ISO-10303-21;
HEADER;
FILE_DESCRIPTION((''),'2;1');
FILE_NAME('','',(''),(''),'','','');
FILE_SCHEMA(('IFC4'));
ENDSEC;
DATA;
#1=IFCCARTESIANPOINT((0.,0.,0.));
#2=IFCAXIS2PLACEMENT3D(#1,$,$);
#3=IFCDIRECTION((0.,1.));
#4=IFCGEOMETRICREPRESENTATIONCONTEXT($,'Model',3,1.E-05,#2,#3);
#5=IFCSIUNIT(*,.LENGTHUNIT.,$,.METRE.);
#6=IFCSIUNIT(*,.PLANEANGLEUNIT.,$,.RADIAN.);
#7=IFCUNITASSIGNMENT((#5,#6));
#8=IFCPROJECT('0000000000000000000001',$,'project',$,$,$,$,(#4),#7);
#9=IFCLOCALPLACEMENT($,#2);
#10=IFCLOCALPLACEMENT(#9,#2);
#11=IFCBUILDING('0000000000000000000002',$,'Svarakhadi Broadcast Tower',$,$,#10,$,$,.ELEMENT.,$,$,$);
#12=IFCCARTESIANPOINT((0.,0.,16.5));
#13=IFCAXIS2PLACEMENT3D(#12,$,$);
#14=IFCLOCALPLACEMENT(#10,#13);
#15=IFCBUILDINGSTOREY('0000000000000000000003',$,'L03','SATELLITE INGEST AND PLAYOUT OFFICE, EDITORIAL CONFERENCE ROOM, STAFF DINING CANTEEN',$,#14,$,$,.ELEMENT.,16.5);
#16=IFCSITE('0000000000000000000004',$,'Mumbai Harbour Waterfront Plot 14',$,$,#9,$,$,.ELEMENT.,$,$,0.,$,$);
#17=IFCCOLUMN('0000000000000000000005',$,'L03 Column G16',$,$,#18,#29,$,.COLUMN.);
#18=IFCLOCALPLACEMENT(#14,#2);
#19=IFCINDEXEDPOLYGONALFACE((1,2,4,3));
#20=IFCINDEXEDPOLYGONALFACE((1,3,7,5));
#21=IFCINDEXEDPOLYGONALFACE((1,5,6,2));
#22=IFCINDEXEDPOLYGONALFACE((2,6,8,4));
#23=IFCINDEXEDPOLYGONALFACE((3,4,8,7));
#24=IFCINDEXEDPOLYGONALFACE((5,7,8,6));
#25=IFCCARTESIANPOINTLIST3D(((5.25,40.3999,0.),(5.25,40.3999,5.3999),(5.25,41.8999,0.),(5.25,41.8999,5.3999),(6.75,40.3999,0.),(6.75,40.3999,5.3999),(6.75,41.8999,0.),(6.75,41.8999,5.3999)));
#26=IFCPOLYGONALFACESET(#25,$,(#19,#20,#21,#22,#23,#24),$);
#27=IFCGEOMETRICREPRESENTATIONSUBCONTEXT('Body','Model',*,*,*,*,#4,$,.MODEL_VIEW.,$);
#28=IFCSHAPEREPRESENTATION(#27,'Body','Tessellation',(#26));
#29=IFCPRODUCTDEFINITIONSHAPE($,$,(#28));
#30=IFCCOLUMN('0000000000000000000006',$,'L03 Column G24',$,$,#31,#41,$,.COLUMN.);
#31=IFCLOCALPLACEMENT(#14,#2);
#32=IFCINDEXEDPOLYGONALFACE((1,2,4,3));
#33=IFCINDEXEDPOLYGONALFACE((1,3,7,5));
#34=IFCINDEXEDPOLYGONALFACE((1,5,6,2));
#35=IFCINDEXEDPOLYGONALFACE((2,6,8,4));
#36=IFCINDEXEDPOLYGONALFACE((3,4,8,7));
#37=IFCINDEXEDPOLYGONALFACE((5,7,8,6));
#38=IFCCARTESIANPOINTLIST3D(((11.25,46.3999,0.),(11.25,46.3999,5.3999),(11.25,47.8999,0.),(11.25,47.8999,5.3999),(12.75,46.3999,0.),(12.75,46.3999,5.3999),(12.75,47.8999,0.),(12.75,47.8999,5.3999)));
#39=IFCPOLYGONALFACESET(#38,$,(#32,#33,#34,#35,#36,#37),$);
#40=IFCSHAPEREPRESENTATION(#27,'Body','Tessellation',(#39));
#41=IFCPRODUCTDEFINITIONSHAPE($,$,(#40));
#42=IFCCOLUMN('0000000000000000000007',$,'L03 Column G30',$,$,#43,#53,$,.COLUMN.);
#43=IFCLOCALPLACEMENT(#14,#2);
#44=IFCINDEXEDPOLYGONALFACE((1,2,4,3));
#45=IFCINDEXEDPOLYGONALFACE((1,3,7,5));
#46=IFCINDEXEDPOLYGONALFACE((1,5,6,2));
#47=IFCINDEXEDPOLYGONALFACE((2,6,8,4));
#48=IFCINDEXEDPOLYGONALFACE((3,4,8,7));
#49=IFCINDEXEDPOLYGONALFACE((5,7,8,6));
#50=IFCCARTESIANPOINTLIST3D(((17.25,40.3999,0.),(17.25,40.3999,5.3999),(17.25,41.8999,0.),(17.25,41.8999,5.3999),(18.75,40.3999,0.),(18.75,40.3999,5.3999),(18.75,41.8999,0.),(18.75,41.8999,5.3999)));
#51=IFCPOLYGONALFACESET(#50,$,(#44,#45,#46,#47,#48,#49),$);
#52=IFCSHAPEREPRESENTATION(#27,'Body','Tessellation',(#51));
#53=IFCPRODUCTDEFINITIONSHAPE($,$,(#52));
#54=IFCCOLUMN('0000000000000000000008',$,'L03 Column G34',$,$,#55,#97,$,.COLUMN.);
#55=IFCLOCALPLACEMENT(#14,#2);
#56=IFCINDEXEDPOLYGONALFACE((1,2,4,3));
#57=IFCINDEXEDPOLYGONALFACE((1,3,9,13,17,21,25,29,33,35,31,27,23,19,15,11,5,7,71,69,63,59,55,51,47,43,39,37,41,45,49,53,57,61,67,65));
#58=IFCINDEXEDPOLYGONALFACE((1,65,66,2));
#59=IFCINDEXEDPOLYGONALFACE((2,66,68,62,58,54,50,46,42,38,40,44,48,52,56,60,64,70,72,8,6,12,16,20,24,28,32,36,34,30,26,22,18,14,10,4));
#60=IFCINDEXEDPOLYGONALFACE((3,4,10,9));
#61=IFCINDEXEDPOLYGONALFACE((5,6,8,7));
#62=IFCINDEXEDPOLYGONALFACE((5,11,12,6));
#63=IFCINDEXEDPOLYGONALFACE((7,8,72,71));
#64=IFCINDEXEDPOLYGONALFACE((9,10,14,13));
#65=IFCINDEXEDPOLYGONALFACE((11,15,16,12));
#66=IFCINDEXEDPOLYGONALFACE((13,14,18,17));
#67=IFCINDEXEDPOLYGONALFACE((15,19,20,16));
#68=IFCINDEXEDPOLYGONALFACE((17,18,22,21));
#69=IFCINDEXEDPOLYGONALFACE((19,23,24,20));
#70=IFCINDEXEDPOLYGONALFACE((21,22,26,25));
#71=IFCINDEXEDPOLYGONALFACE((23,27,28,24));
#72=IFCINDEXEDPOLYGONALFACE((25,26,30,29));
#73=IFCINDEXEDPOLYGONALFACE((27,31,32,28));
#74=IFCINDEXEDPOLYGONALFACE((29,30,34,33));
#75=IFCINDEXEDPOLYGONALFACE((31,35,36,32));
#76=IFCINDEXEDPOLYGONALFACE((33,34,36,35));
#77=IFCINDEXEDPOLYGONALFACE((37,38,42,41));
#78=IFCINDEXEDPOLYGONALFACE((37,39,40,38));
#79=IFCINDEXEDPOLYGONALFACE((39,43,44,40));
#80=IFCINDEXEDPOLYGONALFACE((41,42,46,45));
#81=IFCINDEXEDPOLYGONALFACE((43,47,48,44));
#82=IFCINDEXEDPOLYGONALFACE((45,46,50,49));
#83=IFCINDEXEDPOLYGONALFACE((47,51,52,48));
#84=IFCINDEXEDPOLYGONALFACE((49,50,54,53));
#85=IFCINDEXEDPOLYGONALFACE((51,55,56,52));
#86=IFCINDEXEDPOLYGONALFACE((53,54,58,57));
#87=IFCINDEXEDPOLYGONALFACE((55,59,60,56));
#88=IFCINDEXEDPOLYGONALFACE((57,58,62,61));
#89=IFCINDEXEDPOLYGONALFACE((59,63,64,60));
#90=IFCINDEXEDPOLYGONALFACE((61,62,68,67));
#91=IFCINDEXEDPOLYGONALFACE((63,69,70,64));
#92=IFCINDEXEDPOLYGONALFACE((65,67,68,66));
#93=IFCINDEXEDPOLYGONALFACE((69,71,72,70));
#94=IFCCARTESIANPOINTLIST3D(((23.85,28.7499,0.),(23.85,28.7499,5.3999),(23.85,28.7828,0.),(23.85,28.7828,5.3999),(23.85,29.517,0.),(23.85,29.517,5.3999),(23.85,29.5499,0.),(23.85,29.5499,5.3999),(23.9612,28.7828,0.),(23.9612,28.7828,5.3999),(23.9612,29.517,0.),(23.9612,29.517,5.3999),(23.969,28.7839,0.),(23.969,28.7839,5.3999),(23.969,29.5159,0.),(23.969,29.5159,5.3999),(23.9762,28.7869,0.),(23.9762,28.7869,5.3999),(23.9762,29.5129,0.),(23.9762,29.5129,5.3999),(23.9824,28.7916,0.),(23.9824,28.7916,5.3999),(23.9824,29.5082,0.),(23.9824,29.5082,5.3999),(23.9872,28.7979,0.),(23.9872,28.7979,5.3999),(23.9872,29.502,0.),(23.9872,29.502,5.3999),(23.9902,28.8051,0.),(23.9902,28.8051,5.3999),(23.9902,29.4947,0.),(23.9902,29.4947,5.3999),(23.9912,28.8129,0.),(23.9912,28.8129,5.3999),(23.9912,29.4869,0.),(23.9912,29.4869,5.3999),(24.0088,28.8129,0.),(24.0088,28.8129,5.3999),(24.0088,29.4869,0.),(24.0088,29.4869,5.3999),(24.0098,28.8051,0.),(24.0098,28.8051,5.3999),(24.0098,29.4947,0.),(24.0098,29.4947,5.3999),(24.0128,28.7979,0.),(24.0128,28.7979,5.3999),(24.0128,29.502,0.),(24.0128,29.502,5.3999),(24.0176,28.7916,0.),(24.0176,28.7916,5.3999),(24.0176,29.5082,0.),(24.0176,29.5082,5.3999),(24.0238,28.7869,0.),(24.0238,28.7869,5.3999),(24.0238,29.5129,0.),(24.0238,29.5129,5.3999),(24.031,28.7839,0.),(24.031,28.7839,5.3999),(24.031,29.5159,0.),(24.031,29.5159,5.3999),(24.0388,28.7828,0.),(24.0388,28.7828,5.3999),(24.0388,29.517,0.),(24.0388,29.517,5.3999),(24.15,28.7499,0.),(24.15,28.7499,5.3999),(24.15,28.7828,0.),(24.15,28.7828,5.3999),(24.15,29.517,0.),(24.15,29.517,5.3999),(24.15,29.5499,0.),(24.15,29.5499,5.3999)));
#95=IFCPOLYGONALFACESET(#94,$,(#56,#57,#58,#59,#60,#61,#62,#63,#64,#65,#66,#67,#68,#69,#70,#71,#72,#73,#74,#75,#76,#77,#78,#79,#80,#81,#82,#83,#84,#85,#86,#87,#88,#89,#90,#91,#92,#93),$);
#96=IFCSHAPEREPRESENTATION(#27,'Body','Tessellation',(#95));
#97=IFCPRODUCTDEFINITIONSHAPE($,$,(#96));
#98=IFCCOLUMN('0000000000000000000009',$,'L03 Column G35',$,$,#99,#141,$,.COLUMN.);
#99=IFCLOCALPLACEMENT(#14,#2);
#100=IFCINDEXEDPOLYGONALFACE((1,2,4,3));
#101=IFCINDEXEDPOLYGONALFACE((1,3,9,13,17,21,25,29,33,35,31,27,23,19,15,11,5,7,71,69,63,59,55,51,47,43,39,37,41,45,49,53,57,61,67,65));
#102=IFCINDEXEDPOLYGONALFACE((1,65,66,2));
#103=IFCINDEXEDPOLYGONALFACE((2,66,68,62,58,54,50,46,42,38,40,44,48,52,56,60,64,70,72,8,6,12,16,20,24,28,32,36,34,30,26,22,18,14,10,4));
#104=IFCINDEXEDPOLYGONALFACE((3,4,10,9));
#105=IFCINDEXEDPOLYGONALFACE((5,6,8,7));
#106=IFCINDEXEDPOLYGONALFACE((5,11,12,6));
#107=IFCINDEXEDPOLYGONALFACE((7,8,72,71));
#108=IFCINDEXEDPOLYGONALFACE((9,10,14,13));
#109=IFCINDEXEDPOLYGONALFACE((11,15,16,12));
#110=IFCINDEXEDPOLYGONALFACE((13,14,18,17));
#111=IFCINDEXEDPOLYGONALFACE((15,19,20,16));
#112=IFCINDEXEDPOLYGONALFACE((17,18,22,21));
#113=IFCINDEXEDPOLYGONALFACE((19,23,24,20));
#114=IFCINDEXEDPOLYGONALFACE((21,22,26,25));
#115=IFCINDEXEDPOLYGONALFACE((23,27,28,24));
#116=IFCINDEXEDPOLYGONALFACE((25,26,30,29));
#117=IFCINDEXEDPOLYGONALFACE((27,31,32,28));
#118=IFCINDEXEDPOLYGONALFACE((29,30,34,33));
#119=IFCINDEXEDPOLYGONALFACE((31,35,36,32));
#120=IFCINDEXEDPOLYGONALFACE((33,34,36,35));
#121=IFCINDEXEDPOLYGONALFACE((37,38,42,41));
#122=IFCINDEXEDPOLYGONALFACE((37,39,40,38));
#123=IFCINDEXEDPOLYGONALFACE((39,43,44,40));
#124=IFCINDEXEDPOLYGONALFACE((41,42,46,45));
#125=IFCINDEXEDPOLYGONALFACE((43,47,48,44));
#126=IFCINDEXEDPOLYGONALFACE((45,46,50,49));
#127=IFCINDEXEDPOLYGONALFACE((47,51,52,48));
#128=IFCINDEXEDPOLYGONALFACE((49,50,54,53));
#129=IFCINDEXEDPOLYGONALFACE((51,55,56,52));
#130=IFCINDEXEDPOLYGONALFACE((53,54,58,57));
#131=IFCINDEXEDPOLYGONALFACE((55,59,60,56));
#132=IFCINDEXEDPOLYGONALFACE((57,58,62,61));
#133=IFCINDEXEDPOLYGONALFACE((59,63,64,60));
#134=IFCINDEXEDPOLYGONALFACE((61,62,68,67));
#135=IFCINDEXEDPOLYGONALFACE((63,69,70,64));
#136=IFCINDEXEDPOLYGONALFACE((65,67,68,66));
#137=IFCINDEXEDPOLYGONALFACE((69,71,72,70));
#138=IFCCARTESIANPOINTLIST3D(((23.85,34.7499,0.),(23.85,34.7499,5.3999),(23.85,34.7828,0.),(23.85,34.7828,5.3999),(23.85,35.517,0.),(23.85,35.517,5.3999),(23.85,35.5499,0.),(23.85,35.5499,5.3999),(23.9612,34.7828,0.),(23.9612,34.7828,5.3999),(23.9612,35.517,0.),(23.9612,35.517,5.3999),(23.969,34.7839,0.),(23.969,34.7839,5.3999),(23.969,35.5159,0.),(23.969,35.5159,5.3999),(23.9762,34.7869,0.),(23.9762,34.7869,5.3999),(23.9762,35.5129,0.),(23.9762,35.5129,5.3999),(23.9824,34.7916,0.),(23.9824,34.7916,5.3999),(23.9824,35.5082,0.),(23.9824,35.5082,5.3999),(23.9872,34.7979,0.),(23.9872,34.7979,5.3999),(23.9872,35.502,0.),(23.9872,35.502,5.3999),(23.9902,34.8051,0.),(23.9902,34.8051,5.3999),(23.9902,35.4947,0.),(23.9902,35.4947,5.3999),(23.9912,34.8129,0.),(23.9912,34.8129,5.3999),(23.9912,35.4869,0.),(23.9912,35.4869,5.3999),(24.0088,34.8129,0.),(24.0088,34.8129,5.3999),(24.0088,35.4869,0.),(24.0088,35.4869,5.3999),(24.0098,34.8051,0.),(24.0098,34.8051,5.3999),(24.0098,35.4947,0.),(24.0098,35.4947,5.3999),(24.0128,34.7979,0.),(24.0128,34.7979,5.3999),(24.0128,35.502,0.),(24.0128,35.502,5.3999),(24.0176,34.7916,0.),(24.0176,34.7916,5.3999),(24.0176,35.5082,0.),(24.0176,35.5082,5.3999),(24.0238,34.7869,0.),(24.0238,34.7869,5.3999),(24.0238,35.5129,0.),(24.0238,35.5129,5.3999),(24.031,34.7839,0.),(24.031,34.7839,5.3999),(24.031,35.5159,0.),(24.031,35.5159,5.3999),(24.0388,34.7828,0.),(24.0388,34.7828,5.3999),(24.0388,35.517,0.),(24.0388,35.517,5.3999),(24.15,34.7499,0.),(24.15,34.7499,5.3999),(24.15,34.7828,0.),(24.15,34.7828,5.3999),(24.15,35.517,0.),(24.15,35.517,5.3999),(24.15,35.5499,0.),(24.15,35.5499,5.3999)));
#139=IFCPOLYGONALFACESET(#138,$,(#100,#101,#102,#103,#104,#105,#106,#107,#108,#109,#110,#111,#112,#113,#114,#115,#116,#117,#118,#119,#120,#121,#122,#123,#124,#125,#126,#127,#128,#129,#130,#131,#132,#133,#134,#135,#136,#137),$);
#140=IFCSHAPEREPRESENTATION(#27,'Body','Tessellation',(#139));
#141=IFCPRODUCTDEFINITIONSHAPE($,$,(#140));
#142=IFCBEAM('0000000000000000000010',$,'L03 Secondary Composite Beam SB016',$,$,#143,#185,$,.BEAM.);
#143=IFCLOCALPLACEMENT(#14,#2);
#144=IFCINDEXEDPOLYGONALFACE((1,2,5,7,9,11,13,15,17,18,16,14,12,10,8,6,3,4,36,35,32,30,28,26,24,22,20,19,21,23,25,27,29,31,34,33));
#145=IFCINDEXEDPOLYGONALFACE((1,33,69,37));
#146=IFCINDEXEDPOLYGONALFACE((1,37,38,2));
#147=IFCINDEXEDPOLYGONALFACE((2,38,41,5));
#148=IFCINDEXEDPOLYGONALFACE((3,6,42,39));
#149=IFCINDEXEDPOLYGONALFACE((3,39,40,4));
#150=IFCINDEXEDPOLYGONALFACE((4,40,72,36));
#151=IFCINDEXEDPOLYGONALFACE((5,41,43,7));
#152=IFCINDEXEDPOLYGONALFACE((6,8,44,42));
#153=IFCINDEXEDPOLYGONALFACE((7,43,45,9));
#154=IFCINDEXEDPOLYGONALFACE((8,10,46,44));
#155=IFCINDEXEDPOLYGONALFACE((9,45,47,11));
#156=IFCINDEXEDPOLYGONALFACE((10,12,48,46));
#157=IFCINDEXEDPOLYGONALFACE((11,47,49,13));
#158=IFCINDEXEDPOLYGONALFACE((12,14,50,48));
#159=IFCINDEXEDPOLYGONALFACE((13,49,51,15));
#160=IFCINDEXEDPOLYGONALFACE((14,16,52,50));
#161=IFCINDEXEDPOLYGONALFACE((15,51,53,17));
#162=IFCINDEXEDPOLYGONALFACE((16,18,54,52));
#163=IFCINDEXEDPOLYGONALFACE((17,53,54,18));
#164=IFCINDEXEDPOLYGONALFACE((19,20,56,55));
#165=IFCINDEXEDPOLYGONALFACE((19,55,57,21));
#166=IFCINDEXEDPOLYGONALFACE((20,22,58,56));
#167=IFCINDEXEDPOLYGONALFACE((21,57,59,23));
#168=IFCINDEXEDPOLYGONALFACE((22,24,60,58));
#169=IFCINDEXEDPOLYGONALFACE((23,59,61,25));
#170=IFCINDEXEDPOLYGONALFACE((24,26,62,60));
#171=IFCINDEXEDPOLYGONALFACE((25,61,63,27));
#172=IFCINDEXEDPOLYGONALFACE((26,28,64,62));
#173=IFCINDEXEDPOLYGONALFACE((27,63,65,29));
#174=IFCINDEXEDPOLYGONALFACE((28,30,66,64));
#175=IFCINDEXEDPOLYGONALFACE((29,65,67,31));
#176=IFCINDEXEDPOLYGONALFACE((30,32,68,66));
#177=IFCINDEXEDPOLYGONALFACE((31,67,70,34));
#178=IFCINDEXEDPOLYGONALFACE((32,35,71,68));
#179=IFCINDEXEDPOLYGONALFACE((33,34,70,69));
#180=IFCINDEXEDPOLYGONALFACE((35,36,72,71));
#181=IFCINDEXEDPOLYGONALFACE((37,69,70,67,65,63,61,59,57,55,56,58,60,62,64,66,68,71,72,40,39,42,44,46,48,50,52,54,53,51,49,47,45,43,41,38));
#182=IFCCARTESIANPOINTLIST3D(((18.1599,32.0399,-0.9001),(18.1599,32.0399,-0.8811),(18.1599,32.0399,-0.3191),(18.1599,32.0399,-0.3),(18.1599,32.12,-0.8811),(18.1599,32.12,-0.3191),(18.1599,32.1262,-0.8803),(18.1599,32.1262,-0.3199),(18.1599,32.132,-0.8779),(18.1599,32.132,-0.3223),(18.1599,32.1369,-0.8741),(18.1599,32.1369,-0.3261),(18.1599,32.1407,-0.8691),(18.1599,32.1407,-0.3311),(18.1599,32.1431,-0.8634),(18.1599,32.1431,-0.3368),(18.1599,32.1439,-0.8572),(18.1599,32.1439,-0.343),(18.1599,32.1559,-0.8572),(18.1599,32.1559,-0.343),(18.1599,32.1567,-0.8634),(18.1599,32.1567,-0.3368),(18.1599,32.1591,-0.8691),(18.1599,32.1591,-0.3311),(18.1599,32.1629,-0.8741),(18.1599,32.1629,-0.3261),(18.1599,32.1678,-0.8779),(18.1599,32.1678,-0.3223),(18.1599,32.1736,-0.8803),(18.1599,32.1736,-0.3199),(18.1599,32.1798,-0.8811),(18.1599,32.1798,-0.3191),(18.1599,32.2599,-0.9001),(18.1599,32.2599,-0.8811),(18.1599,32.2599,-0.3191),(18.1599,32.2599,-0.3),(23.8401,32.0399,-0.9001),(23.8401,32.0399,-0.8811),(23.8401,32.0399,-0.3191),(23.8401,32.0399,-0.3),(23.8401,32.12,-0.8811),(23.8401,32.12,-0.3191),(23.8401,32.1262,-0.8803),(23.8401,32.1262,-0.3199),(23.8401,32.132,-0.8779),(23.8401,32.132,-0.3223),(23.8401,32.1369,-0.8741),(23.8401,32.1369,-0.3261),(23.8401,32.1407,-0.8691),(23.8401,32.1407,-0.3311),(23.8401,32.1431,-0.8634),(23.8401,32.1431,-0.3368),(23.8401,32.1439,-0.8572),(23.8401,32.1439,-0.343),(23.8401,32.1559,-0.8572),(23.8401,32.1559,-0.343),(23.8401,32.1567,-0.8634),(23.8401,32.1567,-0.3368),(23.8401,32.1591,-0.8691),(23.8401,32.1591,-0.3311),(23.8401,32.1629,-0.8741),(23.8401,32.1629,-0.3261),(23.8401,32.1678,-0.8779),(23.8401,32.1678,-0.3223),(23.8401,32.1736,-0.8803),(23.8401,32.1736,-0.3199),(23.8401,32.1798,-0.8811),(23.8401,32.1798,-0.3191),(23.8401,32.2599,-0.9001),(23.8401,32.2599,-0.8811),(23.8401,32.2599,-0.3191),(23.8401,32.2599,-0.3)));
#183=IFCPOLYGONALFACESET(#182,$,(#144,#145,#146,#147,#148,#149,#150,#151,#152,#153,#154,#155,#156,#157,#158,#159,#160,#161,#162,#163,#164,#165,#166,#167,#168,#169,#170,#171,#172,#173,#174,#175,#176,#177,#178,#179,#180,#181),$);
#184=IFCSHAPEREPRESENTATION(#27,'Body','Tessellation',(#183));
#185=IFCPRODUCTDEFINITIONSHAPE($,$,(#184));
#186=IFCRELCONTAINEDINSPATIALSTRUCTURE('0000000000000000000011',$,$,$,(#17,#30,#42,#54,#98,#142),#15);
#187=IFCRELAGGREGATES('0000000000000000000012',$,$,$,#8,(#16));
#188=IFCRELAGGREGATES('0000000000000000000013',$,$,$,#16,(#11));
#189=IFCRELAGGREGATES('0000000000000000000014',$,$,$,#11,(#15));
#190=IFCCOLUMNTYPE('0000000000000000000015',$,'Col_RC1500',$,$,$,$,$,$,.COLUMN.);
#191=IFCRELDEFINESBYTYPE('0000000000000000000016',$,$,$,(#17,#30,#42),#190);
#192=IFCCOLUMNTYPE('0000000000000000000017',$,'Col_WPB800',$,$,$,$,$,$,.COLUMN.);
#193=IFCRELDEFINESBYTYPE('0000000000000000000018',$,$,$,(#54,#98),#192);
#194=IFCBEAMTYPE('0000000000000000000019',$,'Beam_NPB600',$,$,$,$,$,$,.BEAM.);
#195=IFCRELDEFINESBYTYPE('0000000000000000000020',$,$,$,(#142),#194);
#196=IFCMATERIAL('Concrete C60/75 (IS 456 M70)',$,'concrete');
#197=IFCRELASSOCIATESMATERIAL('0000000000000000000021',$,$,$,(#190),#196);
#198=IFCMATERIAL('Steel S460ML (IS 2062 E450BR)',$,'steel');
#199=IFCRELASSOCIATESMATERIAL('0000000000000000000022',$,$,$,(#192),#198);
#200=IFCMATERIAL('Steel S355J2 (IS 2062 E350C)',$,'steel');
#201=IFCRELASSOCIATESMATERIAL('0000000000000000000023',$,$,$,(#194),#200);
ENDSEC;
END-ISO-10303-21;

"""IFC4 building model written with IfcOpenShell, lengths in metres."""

from ifc_helpers import new_model, si_unit, direction, frame, origin, origin_2d, place, context, subcontext, project, spatial, rectangle, i_section, extrude, material, material_profile, profile_set, type_object, element, save


model = new_model("IFC4")

# Units and contexts
model_context = context("Model", 3, precision=1e-05, world=origin(), true_north=direction((0.0, 1.0)))
body_context = subcontext(model_context, "Body", "Model", "MODEL_VIEW")
ifc_project = project(units=[si_unit("LENGTHUNIT", "METRE"), si_unit("PLANEANGLEUNIT", "RADIAN")], contexts=[model_context])

# Site, building, storey
site_placement = place(None, origin())
site = spatial("IfcSite", under=ifc_project, at=site_placement, Name="Mumbai Harbour Waterfront Plot 14", CompositionType="ELEMENT", RefElevation=0.0)
building_placement = place(site_placement, origin())
building = spatial("IfcBuilding", under=site, at=building_placement, Name="Svarakhadi Broadcast Tower", CompositionType="ELEMENT")
storey_placement = place(building_placement, frame((0.0, 0.0, 16.5)))
storey = spatial("IfcBuildingStorey", under=building, at=storey_placement, Name="L03", Description="SATELLITE INGEST AND PLAYOUT OFFICE, EDITORIAL CONFERENCE ROOM, STAFF DINING CANTEEN", CompositionType="ELEMENT", Elevation=16.5)

# Columns
ifc_material_1 = material(Name="Steel S460ML (IS 2062 E450BR)", Category="steel")
ifc_material_2 = material(Name="Concrete C60/75 (IS 456 M70)", Category="concrete")
ifc_material_profile_1 = material_profile(ifc_material_2, rectangle(XDim=1.5, YDim=1.5, at=origin_2d()), Name="RC 1500x1500")
ifc_profile_set_1 = profile_set([ifc_material_profile_1], Name="Concrete C60/75 (IS 456 M70)")
column_type_1 = type_object("IfcColumnType", Name="Col_RC1500", PredefinedType="COLUMN", material=ifc_profile_set_1)
for number, where, z_axis, x_axis, name in (
    (1, (6.0, 41.1499, 0.0), (0.0, 0.0, 1.0), (1.0, 0.0, 0.0), "L03 Column G16"),
    (2, (12.0, 47.1499, 0.0), (0.0, 0.0, 1.0), (1.0, 0.0, 0.0), "L03 Column G24"),
    (3, (18.0, 41.1499, 0.0), (0.0, 0.0, 1.0), (1.0, 0.0, 0.0), "L03 Column G30"),
):
    element("IfcColumn", number, at=place(storey_placement, frame(where, z_axis=z_axis, x_axis=x_axis)), inside=storey, type_object=column_type_1, Name=name, PredefinedType="COLUMN", context=body_context, shape_type="SweptSolid", body=[
        extrude(rectangle(XDim=1.5, YDim=1.5, at=origin_2d()), origin(), (0.0, 0.0, 1.0), 5.3999),
    ])
ifc_material_profile_2 = material_profile(ifc_material_1, i_section(OverallWidth=0.3, OverallDepth=0.8, WebThickness=0.0176, FlangeThickness=0.033, FilletRadius=0.03, at=origin_2d()), Name="WPB 800x300x262")
ifc_profile_set_2 = profile_set([ifc_material_profile_2], Name="Steel S460ML (IS 2062 E450BR)")
column_type_2 = type_object("IfcColumnType", Name="Col_WPB800", PredefinedType="COLUMN", material=ifc_profile_set_2)
for number, where, z_axis, x_axis, name in (
    (4, (24.0, 29.1499, 0.0), (0.0, 0.0, 1.0), (1.0, 0.0, 0.0), "L03 Column G34"),
    (5, (24.0, 35.1499, 0.0), (0.0, 0.0, 1.0), (1.0, 0.0, 0.0), "L03 Column G35"),
):
    element("IfcColumn", number, at=place(storey_placement, frame(where, z_axis=z_axis, x_axis=x_axis)), inside=storey, type_object=column_type_2, Name=name, PredefinedType="COLUMN", context=body_context, shape_type="SweptSolid", body=[
        extrude(i_section(OverallWidth=0.3, OverallDepth=0.8, WebThickness=0.0176, FlangeThickness=0.033, FilletRadius=0.03, at=origin_2d()), origin(), (0.0, 0.0, 1.0), 5.3999),
    ])

# Beam
ifc_material_3 = material(Name="Steel S355J2 (IS 2062 E350C)", Category="steel")
ifc_material_profile_3 = material_profile(ifc_material_3, i_section(OverallWidth=0.22, OverallDepth=0.6001, WebThickness=0.012, FlangeThickness=0.019, FilletRadius=0.0239, at=origin_2d()), Name="NPB 600x220x122")
ifc_profile_set_3 = profile_set([ifc_material_profile_3], Name="Steel S355J2 (IS 2062 E350C)")
beam_type_1 = type_object("IfcBeamType", Name="Beam_NPB600", PredefinedType="BEAM", material=ifc_profile_set_3)
beam_1_placement = place(storey_placement, frame((18.1599, 32.1499, -0.6001), z_axis=(1.0, 0.0, 0.0), x_axis=(0.0, 1.0, 0.0)))
element("IfcBeam", 6, at=beam_1_placement, inside=storey, type_object=beam_type_1, Name="L03 Secondary Composite Beam SB016", PredefinedType="BEAM", context=body_context, shape_type="SweptSolid", body=[
    extrude(i_section(OverallWidth=0.22, OverallDepth=0.6001, WebThickness=0.012, FlangeThickness=0.019, FilletRadius=0.0239, at=origin_2d()), origin(), (0.0, 0.0, 1.0), 5.6802),
])

save(model, "model.ifc")
